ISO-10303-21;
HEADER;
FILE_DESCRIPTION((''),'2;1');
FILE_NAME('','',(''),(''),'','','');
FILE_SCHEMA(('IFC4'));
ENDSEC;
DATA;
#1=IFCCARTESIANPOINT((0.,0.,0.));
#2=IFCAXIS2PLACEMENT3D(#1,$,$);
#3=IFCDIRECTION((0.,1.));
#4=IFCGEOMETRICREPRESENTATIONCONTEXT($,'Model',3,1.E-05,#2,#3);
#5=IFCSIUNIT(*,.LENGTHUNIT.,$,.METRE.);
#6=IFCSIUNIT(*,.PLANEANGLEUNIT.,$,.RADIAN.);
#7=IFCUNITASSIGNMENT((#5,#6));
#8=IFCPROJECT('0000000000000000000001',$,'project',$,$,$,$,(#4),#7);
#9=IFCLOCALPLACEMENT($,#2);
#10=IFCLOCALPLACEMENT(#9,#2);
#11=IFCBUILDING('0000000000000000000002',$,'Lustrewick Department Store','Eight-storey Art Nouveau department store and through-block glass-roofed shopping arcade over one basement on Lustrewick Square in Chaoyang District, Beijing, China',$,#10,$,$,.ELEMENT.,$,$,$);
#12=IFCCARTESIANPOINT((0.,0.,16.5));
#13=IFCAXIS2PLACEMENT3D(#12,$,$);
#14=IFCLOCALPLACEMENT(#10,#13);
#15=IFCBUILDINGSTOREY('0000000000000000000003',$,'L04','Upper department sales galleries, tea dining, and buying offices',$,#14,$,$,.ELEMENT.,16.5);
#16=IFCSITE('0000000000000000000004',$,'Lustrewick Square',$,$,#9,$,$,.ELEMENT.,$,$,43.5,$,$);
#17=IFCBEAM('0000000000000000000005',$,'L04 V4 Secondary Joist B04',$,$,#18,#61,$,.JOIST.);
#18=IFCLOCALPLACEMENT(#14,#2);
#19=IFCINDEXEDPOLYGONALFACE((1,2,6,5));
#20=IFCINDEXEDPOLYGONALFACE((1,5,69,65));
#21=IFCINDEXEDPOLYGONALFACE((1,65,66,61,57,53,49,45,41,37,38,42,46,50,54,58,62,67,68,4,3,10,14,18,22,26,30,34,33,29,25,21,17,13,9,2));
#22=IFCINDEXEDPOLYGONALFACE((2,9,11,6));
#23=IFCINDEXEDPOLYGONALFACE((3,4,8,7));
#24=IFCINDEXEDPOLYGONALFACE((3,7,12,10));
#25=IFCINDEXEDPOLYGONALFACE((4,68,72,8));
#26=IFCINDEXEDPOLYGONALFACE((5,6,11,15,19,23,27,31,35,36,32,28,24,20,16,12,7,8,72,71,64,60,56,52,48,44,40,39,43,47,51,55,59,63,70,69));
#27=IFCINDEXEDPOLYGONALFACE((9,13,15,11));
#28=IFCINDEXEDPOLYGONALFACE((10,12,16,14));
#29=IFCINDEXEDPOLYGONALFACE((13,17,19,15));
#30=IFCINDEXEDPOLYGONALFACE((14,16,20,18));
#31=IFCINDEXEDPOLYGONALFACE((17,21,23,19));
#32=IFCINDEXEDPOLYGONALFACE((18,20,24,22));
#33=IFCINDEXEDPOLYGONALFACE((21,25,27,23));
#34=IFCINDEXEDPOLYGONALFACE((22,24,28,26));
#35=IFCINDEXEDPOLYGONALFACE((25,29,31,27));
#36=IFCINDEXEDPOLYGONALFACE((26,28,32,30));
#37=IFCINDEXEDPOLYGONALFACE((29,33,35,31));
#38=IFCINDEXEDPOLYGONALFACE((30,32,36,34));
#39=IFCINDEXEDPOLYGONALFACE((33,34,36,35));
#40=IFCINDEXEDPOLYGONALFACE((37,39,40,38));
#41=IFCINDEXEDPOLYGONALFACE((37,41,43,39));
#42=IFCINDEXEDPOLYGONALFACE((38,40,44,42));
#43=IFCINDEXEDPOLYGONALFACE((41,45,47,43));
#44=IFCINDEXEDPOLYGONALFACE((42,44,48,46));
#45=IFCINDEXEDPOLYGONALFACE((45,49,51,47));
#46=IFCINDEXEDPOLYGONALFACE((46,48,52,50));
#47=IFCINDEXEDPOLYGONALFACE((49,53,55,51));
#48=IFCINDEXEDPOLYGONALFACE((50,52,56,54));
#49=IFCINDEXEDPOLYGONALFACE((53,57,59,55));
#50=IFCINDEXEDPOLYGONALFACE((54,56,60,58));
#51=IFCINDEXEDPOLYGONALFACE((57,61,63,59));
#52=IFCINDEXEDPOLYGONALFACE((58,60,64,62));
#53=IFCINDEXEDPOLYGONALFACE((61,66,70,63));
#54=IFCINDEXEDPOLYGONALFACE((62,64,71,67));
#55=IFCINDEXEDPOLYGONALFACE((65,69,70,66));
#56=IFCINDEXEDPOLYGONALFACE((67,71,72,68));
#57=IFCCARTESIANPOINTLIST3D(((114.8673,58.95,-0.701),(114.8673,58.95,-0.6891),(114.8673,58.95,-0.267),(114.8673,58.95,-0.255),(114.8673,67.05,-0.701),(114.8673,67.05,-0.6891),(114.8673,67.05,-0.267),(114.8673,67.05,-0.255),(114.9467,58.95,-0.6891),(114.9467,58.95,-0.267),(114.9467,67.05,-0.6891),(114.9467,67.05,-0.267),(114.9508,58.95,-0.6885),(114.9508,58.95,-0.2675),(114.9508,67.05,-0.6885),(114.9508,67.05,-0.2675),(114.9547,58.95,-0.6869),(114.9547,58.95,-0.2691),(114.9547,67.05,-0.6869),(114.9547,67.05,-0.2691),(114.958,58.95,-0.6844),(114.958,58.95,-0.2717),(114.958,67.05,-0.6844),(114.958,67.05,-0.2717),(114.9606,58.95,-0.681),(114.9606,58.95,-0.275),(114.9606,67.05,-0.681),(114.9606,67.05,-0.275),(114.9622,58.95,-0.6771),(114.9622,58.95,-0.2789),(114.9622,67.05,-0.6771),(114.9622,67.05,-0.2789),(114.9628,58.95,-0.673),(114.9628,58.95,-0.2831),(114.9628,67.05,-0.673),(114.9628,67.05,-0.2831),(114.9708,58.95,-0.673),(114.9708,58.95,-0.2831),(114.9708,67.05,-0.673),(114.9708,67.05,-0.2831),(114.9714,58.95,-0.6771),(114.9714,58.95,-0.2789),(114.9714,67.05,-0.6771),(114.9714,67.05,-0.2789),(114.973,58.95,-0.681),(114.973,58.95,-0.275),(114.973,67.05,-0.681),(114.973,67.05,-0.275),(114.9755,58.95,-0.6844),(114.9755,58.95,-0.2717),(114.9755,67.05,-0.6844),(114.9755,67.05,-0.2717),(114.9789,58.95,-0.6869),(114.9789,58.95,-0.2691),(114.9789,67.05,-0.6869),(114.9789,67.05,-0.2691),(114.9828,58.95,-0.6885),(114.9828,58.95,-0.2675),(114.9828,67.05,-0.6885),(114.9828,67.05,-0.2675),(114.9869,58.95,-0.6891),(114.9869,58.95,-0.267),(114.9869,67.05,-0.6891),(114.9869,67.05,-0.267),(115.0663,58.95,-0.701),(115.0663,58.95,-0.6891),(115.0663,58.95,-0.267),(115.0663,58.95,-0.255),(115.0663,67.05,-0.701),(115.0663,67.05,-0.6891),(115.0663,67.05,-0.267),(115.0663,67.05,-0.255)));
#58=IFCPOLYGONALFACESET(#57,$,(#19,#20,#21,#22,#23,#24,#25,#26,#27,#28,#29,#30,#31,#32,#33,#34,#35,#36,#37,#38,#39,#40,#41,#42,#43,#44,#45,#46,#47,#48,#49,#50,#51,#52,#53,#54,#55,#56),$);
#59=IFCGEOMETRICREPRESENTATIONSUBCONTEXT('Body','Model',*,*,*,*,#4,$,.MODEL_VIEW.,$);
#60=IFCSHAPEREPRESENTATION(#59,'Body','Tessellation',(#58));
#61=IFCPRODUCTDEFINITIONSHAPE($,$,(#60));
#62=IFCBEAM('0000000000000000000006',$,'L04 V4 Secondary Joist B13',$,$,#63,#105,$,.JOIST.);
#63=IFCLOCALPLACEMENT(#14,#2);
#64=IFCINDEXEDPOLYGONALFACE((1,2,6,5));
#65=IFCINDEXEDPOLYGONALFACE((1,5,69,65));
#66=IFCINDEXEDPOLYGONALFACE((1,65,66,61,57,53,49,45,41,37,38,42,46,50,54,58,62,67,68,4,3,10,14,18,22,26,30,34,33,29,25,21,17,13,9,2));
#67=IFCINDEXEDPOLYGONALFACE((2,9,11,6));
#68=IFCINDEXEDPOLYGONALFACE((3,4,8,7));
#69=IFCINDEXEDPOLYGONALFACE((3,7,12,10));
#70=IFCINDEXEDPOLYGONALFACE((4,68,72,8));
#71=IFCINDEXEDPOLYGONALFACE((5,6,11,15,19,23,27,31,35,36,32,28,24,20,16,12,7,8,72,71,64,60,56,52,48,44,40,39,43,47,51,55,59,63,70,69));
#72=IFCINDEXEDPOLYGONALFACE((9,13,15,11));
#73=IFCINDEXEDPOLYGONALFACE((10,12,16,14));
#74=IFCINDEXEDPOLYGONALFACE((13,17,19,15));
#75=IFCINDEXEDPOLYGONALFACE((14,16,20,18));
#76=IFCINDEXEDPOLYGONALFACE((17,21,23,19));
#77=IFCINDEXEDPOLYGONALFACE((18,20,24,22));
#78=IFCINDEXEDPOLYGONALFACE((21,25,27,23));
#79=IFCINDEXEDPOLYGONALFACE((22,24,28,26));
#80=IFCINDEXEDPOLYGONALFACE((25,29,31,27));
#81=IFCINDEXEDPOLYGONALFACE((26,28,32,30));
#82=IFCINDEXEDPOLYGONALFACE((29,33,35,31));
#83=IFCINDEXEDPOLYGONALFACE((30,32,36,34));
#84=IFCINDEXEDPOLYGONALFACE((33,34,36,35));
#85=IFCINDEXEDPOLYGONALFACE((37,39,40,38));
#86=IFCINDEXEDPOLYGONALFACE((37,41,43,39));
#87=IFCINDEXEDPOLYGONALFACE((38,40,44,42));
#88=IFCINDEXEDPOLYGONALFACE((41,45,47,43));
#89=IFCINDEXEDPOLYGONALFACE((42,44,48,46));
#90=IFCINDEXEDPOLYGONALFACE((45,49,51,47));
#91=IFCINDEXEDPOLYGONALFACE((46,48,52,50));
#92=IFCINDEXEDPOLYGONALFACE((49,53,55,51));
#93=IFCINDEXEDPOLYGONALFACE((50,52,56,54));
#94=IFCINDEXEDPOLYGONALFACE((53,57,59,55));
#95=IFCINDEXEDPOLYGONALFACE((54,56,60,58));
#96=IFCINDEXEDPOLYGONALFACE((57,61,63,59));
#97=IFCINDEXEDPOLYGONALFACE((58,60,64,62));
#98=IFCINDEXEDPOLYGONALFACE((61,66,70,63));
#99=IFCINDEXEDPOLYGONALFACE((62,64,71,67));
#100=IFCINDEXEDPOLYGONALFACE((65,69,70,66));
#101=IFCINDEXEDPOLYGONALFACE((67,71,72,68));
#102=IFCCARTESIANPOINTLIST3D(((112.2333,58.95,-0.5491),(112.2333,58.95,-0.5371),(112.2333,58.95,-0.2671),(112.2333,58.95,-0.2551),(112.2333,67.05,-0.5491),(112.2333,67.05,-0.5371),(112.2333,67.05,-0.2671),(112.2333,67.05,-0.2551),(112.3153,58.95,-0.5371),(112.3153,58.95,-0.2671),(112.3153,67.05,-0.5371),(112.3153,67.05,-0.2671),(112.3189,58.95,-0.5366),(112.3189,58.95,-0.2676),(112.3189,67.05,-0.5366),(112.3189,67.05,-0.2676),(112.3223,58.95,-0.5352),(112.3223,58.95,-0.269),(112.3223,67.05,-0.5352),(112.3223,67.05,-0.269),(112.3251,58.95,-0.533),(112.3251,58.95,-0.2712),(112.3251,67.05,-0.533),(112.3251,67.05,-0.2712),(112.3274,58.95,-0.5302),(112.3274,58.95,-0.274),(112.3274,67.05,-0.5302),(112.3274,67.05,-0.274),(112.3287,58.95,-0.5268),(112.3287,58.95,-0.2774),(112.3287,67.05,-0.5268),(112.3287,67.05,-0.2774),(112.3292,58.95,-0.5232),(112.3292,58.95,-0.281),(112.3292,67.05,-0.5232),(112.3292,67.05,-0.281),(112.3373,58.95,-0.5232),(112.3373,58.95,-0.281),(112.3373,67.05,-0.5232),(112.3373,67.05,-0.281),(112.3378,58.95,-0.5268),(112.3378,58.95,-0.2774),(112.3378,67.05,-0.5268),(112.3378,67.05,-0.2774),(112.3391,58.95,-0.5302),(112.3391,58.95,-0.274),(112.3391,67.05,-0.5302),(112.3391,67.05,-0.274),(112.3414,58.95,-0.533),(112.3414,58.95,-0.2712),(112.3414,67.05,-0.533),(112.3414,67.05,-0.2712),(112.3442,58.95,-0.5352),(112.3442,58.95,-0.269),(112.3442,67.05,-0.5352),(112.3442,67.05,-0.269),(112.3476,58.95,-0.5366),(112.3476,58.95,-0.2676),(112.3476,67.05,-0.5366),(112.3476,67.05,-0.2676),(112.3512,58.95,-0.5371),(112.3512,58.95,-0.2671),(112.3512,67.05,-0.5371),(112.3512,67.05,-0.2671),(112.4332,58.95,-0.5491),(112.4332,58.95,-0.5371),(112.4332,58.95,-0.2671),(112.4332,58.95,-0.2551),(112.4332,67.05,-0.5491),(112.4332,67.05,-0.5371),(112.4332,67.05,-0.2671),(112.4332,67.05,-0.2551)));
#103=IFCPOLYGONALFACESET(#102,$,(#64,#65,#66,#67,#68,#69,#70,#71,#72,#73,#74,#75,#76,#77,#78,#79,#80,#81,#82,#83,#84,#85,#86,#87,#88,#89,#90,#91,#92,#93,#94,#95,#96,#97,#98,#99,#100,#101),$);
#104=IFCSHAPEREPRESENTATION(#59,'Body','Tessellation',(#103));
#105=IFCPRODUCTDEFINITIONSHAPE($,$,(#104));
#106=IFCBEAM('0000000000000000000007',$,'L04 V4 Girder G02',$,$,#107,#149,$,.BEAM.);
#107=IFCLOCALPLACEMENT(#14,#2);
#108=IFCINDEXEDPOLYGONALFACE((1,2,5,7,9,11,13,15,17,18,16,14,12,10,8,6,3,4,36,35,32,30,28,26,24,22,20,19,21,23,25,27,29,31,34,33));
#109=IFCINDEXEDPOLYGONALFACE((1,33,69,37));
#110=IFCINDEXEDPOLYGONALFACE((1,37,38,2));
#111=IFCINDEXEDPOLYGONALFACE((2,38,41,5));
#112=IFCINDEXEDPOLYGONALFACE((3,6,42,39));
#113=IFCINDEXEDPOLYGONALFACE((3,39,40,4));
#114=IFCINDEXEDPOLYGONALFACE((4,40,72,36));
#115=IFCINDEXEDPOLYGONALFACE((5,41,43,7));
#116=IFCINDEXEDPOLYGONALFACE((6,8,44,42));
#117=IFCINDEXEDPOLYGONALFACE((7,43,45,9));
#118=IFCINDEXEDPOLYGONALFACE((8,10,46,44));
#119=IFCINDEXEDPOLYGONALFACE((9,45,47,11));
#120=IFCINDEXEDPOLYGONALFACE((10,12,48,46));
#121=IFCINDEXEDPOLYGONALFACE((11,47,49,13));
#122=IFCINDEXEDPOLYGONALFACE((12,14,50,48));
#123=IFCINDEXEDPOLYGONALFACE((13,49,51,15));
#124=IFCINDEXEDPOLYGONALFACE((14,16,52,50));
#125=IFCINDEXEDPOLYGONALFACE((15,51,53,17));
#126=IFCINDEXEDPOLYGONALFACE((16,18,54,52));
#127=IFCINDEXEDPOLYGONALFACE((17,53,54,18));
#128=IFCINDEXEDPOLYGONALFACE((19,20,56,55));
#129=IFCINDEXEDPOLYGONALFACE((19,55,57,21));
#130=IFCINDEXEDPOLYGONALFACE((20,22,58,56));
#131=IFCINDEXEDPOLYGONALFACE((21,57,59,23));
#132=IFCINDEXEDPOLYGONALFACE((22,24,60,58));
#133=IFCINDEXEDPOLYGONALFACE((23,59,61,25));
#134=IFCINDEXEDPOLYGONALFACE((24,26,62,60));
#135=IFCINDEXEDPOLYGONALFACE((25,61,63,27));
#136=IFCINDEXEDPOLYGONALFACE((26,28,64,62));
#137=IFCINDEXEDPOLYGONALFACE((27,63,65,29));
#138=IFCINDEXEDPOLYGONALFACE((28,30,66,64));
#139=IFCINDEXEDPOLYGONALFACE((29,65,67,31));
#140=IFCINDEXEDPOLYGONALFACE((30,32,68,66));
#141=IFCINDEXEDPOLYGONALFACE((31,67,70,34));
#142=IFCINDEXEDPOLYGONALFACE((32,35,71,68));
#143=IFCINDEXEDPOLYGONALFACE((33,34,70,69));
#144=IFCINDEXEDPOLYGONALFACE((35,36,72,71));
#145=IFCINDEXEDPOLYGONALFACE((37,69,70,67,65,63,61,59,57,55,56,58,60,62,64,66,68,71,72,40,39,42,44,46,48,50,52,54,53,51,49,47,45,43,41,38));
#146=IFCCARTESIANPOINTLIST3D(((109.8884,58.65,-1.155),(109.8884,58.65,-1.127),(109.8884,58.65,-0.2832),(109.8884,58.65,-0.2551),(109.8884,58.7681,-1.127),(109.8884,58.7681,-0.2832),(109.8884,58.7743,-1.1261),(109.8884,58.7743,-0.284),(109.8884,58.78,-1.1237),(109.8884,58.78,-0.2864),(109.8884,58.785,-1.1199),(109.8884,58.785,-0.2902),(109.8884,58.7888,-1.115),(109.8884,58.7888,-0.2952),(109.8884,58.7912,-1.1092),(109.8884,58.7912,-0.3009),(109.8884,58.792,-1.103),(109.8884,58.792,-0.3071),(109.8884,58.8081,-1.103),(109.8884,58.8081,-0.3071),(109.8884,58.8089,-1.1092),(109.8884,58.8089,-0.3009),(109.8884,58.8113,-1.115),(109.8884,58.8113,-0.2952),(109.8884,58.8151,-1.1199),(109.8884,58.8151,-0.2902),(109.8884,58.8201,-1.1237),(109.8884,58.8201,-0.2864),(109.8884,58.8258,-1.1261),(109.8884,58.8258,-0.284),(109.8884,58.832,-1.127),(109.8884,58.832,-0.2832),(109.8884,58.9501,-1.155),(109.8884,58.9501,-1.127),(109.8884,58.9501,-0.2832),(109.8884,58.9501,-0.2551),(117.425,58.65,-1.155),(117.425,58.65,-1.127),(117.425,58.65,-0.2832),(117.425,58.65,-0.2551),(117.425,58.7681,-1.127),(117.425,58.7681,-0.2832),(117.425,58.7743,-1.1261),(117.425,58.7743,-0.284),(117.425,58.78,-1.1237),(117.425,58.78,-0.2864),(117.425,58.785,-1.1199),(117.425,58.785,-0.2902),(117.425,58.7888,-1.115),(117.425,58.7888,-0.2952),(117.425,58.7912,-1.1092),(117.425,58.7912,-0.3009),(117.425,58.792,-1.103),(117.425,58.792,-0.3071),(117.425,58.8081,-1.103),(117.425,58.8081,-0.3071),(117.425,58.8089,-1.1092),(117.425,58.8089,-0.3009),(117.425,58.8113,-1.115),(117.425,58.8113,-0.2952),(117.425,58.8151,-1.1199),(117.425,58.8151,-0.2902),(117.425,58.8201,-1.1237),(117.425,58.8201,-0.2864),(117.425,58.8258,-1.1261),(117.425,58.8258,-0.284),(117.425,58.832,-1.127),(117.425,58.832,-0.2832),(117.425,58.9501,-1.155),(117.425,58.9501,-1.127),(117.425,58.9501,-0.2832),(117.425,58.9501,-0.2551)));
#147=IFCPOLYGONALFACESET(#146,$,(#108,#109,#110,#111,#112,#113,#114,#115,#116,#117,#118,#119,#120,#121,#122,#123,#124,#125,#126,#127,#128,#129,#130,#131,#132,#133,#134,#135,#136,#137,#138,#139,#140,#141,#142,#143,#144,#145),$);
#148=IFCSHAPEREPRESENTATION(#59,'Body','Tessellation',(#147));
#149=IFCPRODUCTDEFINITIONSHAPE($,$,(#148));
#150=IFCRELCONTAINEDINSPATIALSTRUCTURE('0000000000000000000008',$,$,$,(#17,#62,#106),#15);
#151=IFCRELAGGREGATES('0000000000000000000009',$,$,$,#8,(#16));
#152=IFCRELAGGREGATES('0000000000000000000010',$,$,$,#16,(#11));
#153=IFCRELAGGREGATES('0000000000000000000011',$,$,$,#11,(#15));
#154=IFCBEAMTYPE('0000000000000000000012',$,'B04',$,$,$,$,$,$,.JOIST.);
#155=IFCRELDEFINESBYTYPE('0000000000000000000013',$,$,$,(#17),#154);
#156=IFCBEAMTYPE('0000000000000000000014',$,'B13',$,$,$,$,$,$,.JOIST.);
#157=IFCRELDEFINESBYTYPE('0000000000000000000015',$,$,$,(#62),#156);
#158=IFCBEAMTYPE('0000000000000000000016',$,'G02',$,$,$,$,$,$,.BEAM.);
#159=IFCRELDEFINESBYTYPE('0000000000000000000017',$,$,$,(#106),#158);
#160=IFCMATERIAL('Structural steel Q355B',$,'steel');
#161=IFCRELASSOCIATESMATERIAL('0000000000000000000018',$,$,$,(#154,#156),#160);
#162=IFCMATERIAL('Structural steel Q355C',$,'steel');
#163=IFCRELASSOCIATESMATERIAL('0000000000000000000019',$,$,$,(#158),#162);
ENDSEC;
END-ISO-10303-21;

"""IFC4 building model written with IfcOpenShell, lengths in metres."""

from ifc_helpers import new_model, si_unit, direction, frame, origin, origin_2d, place, context, subcontext, project, spatial, i_section, extrude, material, material_profile, profile_set, type_object, element, save


model = new_model("IFC4")

# Units and contexts
model_context = context("Model", 3, precision=1e-05, world=origin(), true_north=direction((0.0, 1.0)))
body_context = subcontext(model_context, "Body", "Model", "MODEL_VIEW")
ifc_project = project(units=[si_unit("LENGTHUNIT", "METRE"), si_unit("PLANEANGLEUNIT", "RADIAN")], contexts=[model_context])

# Site, building, storey
site_placement = place(None, origin())
site = spatial("IfcSite", under=ifc_project, at=site_placement, Name="Lustrewick Square", CompositionType="ELEMENT", RefElevation=43.5)
building_placement = place(site_placement, origin())
building = spatial("IfcBuilding", under=site, at=building_placement, Name="Lustrewick Department Store", Description="Eight-storey Art Nouveau department store and through-block glass-roofed shopping arcade over one basement on Lustrewick Square in Chaoyang District, Beijing, China", CompositionType="ELEMENT")
storey_placement = place(building_placement, frame((0.0, 0.0, 16.5)))
storey = spatial("IfcBuildingStorey", under=building, at=storey_placement, Name="L04", Description="Upper department sales galleries, tea dining, and buying offices", CompositionType="ELEMENT", Elevation=16.5)

# Shared definitions
ifc_material_1 = material(Name="Structural steel Q355C", Category="steel")
ifc_material_2 = material(Name="Structural steel Q355B", Category="steel")

# Beams
ifc_material_profile_1 = material_profile(ifc_material_2, i_section(OverallWidth=0.199, OverallDepth=0.446, WebThickness=0.0081, FlangeThickness=0.012, FilletRadius=0.0161, at=origin_2d()), Name="HN 446x199x8x12")
ifc_profile_set_1 = profile_set([ifc_material_profile_1], Name="Structural steel Q355B")
beam_type_1 = type_object("IfcBeamType", Name="B04", PredefinedType="JOIST", material=ifc_profile_set_1)
beam_1_placement = place(storey_placement, frame((114.9668, 58.95, -0.478), z_axis=(0.0, 1.0, 0.0), x_axis=(-1.0, 0.0, 0.0)))
element("IfcBeam", 1, at=beam_1_placement, inside=storey, type_object=beam_type_1, Name="L04 V4 Secondary Joist B04", PredefinedType="JOIST", context=body_context, shape_type="SweptSolid", body=[
    extrude(i_section(OverallWidth=0.199, OverallDepth=0.446, WebThickness=0.0081, FlangeThickness=0.012, FilletRadius=0.0161, at=origin_2d()), origin(), (0.0, 0.0, 1.0), 8.1001),
])
ifc_material_profile_2 = material_profile(ifc_material_2, i_section(OverallWidth=0.2, OverallDepth=0.2939, WebThickness=0.0081, FlangeThickness=0.012, FilletRadius=0.0139, at=origin_2d()), Name="HM 294x200x8x12")
ifc_profile_set_2 = profile_set([ifc_material_profile_2], Name="Structural steel Q355B")
beam_type_2 = type_object("IfcBeamType", Name="B13", PredefinedType="JOIST", material=ifc_profile_set_2)
beam_2_placement = place(storey_placement, frame((112.3333, 58.95, -0.4021), z_axis=(0.0, 1.0, 0.0), x_axis=(-1.0, 0.0, 0.0)))
element("IfcBeam", 2, at=beam_2_placement, inside=storey, type_object=beam_type_2, Name="L04 V4 Secondary Joist B13", PredefinedType="JOIST", context=body_context, shape_type="SweptSolid", body=[
    extrude(i_section(OverallWidth=0.2, OverallDepth=0.2939, WebThickness=0.0081, FlangeThickness=0.012, FilletRadius=0.0139, at=origin_2d()), origin(), (0.0, 0.0, 1.0), 8.1001),
])
ifc_material_profile_3 = material_profile(ifc_material_1, i_section(OverallWidth=0.3, OverallDepth=0.8999, WebThickness=0.0161, FlangeThickness=0.0281, FilletRadius=0.0239, at=origin_2d()), Name="HN 900x300x16x28")
ifc_profile_set_3 = profile_set([ifc_material_profile_3], Name="Structural steel Q355C")
beam_type_3 = type_object("IfcBeamType", Name="G02", PredefinedType="BEAM", material=ifc_profile_set_3)
beam_3_placement = place(storey_placement, frame((109.8884, 58.8, -0.7051), z_axis=(1.0, 0.0, 0.0), x_axis=(0.0, 1.0, 0.0)))
element("IfcBeam", 3, at=beam_3_placement, inside=storey, type_object=beam_type_3, Name="L04 V4 Girder G02", PredefinedType="BEAM", context=body_context, shape_type="SweptSolid", body=[
    extrude(i_section(OverallWidth=0.3, OverallDepth=0.8999, WebThickness=0.0161, FlangeThickness=0.0281, FilletRadius=0.0239, at=origin_2d()), origin(), (0.0, 0.0, 1.0), 7.5366),
])

save(model, "model.ifc")
